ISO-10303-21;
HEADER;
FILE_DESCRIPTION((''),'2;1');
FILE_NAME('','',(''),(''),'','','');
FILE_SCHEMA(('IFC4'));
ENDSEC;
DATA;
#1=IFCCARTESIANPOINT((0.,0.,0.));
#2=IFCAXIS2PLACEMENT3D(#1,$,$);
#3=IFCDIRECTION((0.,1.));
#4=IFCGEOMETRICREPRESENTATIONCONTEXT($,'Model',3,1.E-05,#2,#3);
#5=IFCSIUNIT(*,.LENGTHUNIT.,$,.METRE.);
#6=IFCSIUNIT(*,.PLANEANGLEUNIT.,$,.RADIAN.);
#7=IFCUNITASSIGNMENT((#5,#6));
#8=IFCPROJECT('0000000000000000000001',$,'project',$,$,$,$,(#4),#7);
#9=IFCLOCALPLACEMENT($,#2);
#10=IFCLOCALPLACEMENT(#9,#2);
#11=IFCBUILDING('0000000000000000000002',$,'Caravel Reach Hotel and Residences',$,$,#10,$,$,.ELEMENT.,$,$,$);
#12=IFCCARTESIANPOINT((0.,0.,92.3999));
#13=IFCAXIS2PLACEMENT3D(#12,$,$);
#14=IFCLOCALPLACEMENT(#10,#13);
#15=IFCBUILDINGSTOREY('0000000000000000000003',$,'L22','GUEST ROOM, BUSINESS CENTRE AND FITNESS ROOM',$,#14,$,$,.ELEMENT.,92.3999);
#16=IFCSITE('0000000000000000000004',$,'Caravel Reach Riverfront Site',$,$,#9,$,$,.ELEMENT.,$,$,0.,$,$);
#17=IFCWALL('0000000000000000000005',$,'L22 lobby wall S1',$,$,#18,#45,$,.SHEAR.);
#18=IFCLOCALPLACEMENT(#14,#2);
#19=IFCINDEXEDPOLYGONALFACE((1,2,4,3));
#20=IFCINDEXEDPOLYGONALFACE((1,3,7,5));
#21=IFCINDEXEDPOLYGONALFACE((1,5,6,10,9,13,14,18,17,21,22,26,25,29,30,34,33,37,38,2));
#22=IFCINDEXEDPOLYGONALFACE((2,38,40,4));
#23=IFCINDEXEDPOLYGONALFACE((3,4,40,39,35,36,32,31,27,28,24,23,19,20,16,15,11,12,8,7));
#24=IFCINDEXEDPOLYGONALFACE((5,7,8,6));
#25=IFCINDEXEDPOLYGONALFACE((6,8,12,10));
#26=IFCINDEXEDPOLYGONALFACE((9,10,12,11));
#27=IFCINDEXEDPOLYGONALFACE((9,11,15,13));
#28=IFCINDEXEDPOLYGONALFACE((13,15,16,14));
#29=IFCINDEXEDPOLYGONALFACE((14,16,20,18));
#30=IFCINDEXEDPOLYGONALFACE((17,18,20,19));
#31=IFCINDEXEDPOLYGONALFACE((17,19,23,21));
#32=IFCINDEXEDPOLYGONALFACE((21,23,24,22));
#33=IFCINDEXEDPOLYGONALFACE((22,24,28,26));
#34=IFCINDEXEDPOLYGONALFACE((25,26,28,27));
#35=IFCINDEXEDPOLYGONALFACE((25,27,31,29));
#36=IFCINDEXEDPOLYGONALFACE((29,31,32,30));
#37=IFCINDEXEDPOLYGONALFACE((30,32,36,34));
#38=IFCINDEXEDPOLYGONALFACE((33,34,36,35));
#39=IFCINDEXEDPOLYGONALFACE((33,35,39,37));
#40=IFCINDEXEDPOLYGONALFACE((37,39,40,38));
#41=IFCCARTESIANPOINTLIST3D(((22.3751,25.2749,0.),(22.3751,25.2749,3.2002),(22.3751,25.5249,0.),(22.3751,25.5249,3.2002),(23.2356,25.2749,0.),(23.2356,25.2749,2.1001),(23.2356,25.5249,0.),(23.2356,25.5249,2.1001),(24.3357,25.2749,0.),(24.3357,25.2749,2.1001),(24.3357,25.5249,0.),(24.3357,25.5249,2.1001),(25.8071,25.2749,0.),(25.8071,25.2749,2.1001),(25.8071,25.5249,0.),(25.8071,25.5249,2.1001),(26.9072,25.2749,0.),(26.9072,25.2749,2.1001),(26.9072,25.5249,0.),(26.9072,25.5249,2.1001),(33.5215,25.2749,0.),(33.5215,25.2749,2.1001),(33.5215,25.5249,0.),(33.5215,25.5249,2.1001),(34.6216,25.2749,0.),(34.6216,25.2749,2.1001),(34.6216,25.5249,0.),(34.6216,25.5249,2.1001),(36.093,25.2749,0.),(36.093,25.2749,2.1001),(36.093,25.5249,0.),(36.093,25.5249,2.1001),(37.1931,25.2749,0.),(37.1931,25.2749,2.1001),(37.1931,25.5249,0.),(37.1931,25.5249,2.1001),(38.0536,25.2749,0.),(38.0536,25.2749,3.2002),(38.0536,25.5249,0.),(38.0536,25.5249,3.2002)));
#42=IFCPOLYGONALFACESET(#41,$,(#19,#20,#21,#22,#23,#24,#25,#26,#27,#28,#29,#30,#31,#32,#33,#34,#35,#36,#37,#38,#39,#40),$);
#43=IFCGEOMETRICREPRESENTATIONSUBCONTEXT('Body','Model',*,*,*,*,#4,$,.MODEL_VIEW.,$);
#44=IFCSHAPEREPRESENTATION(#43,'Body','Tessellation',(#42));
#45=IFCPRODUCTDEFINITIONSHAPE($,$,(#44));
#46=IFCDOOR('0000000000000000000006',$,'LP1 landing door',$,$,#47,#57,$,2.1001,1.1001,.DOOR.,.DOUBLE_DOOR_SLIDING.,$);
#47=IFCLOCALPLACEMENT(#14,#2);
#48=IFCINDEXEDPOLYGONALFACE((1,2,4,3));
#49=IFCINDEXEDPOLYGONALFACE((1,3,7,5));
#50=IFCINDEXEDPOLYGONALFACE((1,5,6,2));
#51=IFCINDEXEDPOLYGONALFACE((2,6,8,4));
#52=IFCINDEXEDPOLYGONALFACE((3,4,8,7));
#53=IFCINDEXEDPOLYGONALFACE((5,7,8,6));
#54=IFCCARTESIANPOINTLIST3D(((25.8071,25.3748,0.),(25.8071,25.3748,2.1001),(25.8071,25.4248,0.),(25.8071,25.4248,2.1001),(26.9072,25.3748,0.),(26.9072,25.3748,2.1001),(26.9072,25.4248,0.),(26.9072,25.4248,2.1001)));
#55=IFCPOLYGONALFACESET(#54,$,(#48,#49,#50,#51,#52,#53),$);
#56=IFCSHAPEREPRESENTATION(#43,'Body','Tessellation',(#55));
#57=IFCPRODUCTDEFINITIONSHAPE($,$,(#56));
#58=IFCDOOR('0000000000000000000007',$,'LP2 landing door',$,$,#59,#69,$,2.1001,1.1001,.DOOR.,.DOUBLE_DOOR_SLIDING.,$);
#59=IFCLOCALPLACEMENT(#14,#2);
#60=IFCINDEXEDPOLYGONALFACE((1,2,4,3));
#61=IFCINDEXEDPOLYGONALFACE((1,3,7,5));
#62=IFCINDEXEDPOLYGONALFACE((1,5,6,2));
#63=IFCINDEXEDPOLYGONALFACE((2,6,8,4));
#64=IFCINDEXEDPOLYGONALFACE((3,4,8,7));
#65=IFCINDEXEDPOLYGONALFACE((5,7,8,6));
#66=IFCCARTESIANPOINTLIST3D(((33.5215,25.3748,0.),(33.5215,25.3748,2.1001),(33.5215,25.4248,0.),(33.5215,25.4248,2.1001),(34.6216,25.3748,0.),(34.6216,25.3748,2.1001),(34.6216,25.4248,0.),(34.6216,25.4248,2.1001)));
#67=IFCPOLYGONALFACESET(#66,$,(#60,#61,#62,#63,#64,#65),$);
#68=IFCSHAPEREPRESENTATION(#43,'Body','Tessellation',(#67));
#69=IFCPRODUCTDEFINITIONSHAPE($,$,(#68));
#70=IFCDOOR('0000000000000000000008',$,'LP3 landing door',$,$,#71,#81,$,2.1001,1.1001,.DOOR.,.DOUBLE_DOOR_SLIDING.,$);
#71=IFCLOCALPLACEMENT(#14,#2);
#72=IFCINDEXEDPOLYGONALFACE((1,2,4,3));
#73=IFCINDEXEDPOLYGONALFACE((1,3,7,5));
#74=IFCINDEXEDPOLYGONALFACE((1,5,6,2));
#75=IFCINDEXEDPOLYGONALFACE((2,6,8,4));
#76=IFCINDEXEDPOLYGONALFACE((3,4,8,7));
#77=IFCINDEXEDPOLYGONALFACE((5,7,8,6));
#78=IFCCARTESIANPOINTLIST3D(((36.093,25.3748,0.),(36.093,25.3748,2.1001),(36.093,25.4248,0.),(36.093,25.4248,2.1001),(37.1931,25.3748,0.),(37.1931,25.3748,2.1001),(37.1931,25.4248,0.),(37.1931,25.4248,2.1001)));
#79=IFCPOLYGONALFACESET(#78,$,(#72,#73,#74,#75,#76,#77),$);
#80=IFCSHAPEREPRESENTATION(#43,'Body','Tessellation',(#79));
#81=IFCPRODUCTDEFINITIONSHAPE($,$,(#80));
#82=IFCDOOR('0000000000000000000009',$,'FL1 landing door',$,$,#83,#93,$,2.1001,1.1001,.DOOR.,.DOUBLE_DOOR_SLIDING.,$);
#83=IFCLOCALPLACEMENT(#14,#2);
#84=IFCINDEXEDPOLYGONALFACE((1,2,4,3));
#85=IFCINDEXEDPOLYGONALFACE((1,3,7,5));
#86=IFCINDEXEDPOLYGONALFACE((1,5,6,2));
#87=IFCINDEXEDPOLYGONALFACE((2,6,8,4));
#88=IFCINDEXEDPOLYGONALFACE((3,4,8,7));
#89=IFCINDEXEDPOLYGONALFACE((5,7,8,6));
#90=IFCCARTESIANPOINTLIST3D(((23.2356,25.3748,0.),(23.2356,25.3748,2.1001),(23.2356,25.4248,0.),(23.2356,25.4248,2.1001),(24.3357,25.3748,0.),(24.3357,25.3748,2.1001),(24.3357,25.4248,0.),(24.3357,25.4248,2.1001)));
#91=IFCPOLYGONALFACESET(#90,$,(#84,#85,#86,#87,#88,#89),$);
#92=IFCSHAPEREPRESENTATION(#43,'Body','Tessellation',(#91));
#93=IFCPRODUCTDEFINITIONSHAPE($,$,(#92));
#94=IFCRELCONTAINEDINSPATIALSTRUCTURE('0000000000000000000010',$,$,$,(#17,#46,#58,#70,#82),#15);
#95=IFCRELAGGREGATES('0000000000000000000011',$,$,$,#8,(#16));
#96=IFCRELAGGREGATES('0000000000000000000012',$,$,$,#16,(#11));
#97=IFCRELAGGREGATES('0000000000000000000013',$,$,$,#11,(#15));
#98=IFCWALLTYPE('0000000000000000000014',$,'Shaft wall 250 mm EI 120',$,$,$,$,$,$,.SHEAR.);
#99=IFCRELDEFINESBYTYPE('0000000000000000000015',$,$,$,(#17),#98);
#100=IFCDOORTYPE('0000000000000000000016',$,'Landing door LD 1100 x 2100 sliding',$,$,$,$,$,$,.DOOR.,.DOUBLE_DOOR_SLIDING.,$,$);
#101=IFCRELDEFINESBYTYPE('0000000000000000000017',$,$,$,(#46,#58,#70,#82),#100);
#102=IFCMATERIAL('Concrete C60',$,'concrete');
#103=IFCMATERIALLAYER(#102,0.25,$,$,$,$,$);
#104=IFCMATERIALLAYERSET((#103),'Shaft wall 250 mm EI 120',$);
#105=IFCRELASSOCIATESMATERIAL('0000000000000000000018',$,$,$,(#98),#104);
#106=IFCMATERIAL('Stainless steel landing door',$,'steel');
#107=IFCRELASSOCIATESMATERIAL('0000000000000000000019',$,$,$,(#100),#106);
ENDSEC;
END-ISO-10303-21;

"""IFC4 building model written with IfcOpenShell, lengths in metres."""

from ifc_helpers import new_model, si_unit, direction, frame, frame_2d, origin, place, context, subcontext, project, spatial, rectangle, extrude, material, layer, layer_set, type_object, element, fill, save


model = new_model("IFC4")

# Units and contexts
model_context = context("Model", 3, precision=1e-05, world=origin(), true_north=direction((0.0, 1.0)))
body_context = subcontext(model_context, "Body", "Model", "MODEL_VIEW")
ifc_project = project(units=[si_unit("LENGTHUNIT", "METRE"), si_unit("PLANEANGLEUNIT", "RADIAN")], contexts=[model_context])

# Site, building, storey
site_placement = place(None, origin())
site = spatial("IfcSite", under=ifc_project, at=site_placement, Name="Caravel Reach Riverfront Site", CompositionType="ELEMENT", RefElevation=0.0)
building_placement = place(site_placement, origin())
building = spatial("IfcBuilding", under=site, at=building_placement, Name="Caravel Reach Hotel and Residences", CompositionType="ELEMENT")
storey_placement = place(building_placement, frame((0.0, 0.0, 92.3999)))
storey = spatial("IfcBuildingStorey", under=building, at=storey_placement, Name="L22", Description="GUEST ROOM, BUSINESS CENTRE AND FITNESS ROOM", CompositionType="ELEMENT", Elevation=92.3999)

# Wall, openings, doors
ifc_material_1 = material(Name="Concrete C60", Category="concrete")
ifc_layer_1 = layer(ifc_material_1, 0.25)
ifc_layer_set_1 = layer_set([ifc_layer_1], Name="Shaft wall 250 mm EI 120")
wall_type_1 = type_object("IfcWallType", Name="Shaft wall 250 mm EI 120", PredefinedType="SHEAR", material=ifc_layer_set_1)
wall_1_placement = place(storey_placement, frame((22.375, 25.3999, 0.0), z_axis=(0.0, 0.0, 1.0), x_axis=(1.0, 0.0, 0.0)))
wall_1 = element("IfcWall", 1, at=wall_1_placement, inside=storey, type_object=wall_type_1, Name="L22 lobby wall S1", PredefinedType="SHEAR", context=body_context, shape_type="SweptSolid", body=[
    extrude(rectangle(XDim=15.6785, YDim=0.25, at=frame_2d((7.8394, 0.0))), origin(), (0.0, 0.0, 1.0), 3.2002),
])
opening_1_placement = place(wall_1_placement, frame((3.4321, 0.0, 0.0)))
opening_1 = element("IfcOpeningElement", 2, at=opening_1_placement, cuts=wall_1, PredefinedType="OPENING", context=body_context, shape_type="SweptSolid", body=[
    extrude(rectangle(XDim=1.1001, YDim=2.1001, at=frame_2d((0.55, 1.05))), frame((0.0, 0.135, 0.0), z_axis=(0.0, -1.0, 0.0), x_axis=(1.0, 0.0, 0.0)), (0.0, 0.0, 1.0), 0.27),
])
opening_2_placement = place(wall_1_placement, frame((11.1465, 0.0, 0.0)))
opening_2 = element("IfcOpeningElement", 3, at=opening_2_placement, cuts=wall_1, PredefinedType="OPENING", context=body_context, shape_type="SweptSolid", body=[
    extrude(rectangle(XDim=1.1001, YDim=2.1001, at=frame_2d((0.55, 1.05))), frame((0.0, 0.135, 0.0), z_axis=(0.0, -1.0, 0.0), x_axis=(1.0, 0.0, 0.0)), (0.0, 0.0, 1.0), 0.27),
])
opening_3_placement = place(wall_1_placement, frame((13.718, 0.0, 0.0)))
opening_3 = element("IfcOpeningElement", 4, at=opening_3_placement, cuts=wall_1, PredefinedType="OPENING", context=body_context, shape_type="SweptSolid", body=[
    extrude(rectangle(XDim=1.1001, YDim=2.1001, at=frame_2d((0.55, 1.05))), frame((0.0, 0.135, 0.0), z_axis=(0.0, -1.0, 0.0), x_axis=(1.0, 0.0, 0.0)), (0.0, 0.0, 1.0), 0.27),
])
opening_4_placement = place(wall_1_placement, frame((0.8606, 0.0, 0.0)))
opening_4 = element("IfcOpeningElement", 5, at=opening_4_placement, cuts=wall_1, PredefinedType="OPENING", context=body_context, shape_type="SweptSolid", body=[
    extrude(rectangle(XDim=1.1001, YDim=2.1001, at=frame_2d((0.55, 1.05))), frame((0.0, 0.135, 0.0), z_axis=(0.0, -1.0, 0.0), x_axis=(1.0, 0.0, 0.0)), (0.0, 0.0, 1.0), 0.27),
])
ifc_material_2 = material(Name="Stainless steel landing door", Category="steel")
door_type_1 = type_object("IfcDoorType", Name="Landing door LD 1100 x 2100 sliding", OperationType="DOUBLE_DOOR_SLIDING", PredefinedType="DOOR", material=ifc_material_2)
door_1_placement = place(opening_1_placement, origin())
door_1 = element("IfcDoor", 6, at=door_1_placement, inside=storey, type_object=door_type_1, Name="LP1 landing door", OperationType="DOUBLE_DOOR_SLIDING", OverallHeight=2.1001, OverallWidth=1.1001, PredefinedType="DOOR", context=body_context, shape_type="SweptSolid", body=[
    extrude(rectangle(XDim=1.1001, YDim=2.1001, at=frame_2d((0.55, 1.05))), frame((0.0, 0.0249, 0.0), z_axis=(0.0, -1.0, 0.0), x_axis=(1.0, 0.0, 0.0)), (0.0, 0.0, 1.0), 0.05),
])
fill(opening_1, door_1)
door_2_placement = place(opening_2_placement, origin())
door_2 = element("IfcDoor", 7, at=door_2_placement, inside=storey, type_object=door_type_1, Name="LP2 landing door", OperationType="DOUBLE_DOOR_SLIDING", OverallHeight=2.1001, OverallWidth=1.1001, PredefinedType="DOOR", context=body_context, shape_type="SweptSolid", body=[
    extrude(rectangle(XDim=1.1001, YDim=2.1001, at=frame_2d((0.55, 1.05))), frame((0.0, 0.0249, 0.0), z_axis=(0.0, -1.0, 0.0), x_axis=(1.0, 0.0, 0.0)), (0.0, 0.0, 1.0), 0.05),
])
fill(opening_2, door_2)
door_3_placement = place(opening_3_placement, origin())
door_3 = element("IfcDoor", 8, at=door_3_placement, inside=storey, type_object=door_type_1, Name="LP3 landing door", OperationType="DOUBLE_DOOR_SLIDING", OverallHeight=2.1001, OverallWidth=1.1001, PredefinedType="DOOR", context=body_context, shape_type="SweptSolid", body=[
    extrude(rectangle(XDim=1.1001, YDim=2.1001, at=frame_2d((0.55, 1.05))), frame((0.0, 0.0249, 0.0), z_axis=(0.0, -1.0, 0.0), x_axis=(1.0, 0.0, 0.0)), (0.0, 0.0, 1.0), 0.05),
])
fill(opening_3, door_3)
door_4_placement = place(opening_4_placement, origin())
door_4 = element("IfcDoor", 9, at=door_4_placement, inside=storey, type_object=door_type_1, Name="FL1 landing door", OperationType="DOUBLE_DOOR_SLIDING", OverallHeight=2.1001, OverallWidth=1.1001, PredefinedType="DOOR", context=body_context, shape_type="SweptSolid", body=[
    extrude(rectangle(XDim=1.1001, YDim=2.1001, at=frame_2d((0.55, 1.05))), frame((0.0, 0.0249, 0.0), z_axis=(0.0, -1.0, 0.0), x_axis=(1.0, 0.0, 0.0)), (0.0, 0.0, 1.0), 0.05),
])
fill(opening_4, door_4)

save(model, "model.ifc")
